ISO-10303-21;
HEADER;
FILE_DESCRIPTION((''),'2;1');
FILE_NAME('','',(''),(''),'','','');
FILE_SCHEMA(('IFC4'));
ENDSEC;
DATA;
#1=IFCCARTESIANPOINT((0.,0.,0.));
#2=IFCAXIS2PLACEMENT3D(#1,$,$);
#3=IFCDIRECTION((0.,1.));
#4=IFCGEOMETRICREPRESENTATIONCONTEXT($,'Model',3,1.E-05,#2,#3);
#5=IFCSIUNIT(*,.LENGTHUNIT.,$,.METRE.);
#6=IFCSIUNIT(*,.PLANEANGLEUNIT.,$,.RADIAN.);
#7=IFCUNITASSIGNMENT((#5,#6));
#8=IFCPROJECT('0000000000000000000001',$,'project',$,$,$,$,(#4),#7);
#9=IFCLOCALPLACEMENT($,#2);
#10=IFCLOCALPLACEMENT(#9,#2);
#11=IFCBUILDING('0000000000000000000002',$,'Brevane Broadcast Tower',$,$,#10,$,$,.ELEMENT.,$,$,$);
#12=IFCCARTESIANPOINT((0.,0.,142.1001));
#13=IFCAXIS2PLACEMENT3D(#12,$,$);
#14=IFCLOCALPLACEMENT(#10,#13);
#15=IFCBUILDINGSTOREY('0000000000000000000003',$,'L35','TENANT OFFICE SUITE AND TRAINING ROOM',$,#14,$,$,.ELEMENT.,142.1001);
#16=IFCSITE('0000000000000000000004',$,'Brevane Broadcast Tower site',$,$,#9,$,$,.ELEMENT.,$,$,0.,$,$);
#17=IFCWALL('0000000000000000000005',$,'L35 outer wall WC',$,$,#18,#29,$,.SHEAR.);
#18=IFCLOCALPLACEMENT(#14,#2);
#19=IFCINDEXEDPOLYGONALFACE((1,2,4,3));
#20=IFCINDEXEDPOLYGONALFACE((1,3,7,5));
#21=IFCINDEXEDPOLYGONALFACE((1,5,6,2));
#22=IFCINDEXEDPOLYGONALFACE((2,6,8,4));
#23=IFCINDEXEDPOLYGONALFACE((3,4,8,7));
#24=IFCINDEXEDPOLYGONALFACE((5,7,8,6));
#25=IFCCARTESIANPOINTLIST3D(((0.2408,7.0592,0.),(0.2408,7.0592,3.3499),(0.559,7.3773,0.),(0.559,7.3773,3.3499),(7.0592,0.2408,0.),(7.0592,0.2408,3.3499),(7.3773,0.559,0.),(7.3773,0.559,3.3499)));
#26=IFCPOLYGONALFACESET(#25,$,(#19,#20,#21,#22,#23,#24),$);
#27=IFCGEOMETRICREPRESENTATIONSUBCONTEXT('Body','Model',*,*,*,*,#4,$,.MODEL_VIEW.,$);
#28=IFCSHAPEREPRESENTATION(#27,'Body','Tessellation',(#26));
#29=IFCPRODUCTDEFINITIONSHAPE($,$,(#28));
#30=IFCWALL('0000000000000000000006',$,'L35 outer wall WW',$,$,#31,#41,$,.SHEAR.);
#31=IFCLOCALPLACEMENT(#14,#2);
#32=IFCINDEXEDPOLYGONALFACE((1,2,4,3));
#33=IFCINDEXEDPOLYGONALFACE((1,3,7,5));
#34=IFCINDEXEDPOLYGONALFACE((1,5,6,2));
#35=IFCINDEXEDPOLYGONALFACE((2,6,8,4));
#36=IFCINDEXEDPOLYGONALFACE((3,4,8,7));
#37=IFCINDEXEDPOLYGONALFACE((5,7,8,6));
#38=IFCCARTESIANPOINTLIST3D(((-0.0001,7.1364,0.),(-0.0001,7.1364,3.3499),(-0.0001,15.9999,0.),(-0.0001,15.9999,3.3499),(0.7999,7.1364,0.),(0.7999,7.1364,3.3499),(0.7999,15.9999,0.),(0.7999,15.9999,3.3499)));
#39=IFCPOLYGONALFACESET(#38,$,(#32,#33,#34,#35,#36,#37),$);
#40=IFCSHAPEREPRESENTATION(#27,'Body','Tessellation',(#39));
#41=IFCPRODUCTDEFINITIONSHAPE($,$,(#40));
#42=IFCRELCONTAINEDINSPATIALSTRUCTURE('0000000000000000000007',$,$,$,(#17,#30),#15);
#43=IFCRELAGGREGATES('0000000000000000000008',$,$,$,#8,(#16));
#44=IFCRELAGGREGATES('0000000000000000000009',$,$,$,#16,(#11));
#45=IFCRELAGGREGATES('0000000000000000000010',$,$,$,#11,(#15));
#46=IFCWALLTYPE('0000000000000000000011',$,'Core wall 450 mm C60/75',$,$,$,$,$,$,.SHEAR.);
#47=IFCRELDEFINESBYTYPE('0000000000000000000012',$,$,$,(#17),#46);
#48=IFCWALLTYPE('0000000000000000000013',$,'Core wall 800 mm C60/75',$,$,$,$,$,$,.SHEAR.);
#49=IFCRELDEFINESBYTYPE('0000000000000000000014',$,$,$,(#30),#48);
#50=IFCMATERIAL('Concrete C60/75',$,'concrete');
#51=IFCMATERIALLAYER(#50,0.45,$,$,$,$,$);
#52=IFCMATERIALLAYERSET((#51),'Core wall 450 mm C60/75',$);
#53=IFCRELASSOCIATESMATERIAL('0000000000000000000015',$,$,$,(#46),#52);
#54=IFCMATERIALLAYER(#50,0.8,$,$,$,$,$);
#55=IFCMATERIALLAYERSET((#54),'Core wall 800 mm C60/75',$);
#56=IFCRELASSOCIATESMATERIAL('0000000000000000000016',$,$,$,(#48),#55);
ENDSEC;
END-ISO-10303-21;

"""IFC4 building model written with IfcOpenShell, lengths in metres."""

from ifc_helpers import new_model, si_unit, direction, frame, frame_2d, origin, place, context, subcontext, project, spatial, rectangle, extrude, material, layer, layer_set, type_object, element, save


model = new_model("IFC4")

# Units and contexts
model_context = context("Model", 3, precision=1e-05, world=origin(), true_north=direction((0.0, 1.0)))
body_context = subcontext(model_context, "Body", "Model", "MODEL_VIEW")
ifc_project = project(units=[si_unit("LENGTHUNIT", "METRE"), si_unit("PLANEANGLEUNIT", "RADIAN")], contexts=[model_context])

# Site, building, storey
site_placement = place(None, origin())
site = spatial("IfcSite", under=ifc_project, at=site_placement, Name="Brevane Broadcast Tower site", CompositionType="ELEMENT", RefElevation=0.0)
building_placement = place(site_placement, origin())
building = spatial("IfcBuilding", under=site, at=building_placement, Name="Brevane Broadcast Tower", CompositionType="ELEMENT")
storey_placement = place(building_placement, frame((0.0, 0.0, 142.1001)))
storey = spatial("IfcBuildingStorey", under=building, at=storey_placement, Name="L35", Description="TENANT OFFICE SUITE AND TRAINING ROOM", CompositionType="ELEMENT", Elevation=142.1001)

# Walls
ifc_material_1 = material(Name="Concrete C60/75", Category="concrete")
ifc_layer_1 = layer(ifc_material_1, 0.45)
ifc_layer_set_1 = layer_set([ifc_layer_1], Name="Core wall 450 mm C60/75")
wall_type_1 = type_object("IfcWallType", Name="Core wall 450 mm C60/75", PredefinedType="SHEAR", material=ifc_layer_set_1)
wall_1_placement = place(storey_placement, frame((0.3999, 7.2183, 0.0), z_axis=(0.0, 0.0, 1.0), x_axis=(0.707107, -0.707107, 0.0)))
element("IfcWall", 1, at=wall_1_placement, inside=storey, type_object=wall_type_1, Name="L35 outer wall WC", PredefinedType="SHEAR", context=body_context, shape_type="SweptSolid", body=[
    extrude(rectangle(XDim=9.6426, YDim=0.45, at=frame_2d((4.8213, 0.0))), origin(), (0.0, 0.0, 1.0), 3.3499),
])
ifc_layer_2 = layer(ifc_material_1, 0.8)
ifc_layer_set_2 = layer_set([ifc_layer_2], Name="Core wall 800 mm C60/75")
wall_type_2 = type_object("IfcWallType", Name="Core wall 800 mm C60/75", PredefinedType="SHEAR", material=ifc_layer_set_2)
wall_2_placement = place(storey_placement, frame((0.3999, 7.1365, 0.0), z_axis=(0.0, 0.0, 1.0), x_axis=(0.0, 1.0, 0.0)))
element("IfcWall", 2, at=wall_2_placement, inside=storey, type_object=wall_type_2, Name="L35 outer wall WW", PredefinedType="SHEAR", context=body_context, shape_type="SweptSolid", body=[
    extrude(rectangle(XDim=8.8635, YDim=0.8, at=frame_2d((4.4316, 0.0))), origin(), (0.0, 0.0, 1.0), 3.3499),
])

save(model, "model.ifc")
